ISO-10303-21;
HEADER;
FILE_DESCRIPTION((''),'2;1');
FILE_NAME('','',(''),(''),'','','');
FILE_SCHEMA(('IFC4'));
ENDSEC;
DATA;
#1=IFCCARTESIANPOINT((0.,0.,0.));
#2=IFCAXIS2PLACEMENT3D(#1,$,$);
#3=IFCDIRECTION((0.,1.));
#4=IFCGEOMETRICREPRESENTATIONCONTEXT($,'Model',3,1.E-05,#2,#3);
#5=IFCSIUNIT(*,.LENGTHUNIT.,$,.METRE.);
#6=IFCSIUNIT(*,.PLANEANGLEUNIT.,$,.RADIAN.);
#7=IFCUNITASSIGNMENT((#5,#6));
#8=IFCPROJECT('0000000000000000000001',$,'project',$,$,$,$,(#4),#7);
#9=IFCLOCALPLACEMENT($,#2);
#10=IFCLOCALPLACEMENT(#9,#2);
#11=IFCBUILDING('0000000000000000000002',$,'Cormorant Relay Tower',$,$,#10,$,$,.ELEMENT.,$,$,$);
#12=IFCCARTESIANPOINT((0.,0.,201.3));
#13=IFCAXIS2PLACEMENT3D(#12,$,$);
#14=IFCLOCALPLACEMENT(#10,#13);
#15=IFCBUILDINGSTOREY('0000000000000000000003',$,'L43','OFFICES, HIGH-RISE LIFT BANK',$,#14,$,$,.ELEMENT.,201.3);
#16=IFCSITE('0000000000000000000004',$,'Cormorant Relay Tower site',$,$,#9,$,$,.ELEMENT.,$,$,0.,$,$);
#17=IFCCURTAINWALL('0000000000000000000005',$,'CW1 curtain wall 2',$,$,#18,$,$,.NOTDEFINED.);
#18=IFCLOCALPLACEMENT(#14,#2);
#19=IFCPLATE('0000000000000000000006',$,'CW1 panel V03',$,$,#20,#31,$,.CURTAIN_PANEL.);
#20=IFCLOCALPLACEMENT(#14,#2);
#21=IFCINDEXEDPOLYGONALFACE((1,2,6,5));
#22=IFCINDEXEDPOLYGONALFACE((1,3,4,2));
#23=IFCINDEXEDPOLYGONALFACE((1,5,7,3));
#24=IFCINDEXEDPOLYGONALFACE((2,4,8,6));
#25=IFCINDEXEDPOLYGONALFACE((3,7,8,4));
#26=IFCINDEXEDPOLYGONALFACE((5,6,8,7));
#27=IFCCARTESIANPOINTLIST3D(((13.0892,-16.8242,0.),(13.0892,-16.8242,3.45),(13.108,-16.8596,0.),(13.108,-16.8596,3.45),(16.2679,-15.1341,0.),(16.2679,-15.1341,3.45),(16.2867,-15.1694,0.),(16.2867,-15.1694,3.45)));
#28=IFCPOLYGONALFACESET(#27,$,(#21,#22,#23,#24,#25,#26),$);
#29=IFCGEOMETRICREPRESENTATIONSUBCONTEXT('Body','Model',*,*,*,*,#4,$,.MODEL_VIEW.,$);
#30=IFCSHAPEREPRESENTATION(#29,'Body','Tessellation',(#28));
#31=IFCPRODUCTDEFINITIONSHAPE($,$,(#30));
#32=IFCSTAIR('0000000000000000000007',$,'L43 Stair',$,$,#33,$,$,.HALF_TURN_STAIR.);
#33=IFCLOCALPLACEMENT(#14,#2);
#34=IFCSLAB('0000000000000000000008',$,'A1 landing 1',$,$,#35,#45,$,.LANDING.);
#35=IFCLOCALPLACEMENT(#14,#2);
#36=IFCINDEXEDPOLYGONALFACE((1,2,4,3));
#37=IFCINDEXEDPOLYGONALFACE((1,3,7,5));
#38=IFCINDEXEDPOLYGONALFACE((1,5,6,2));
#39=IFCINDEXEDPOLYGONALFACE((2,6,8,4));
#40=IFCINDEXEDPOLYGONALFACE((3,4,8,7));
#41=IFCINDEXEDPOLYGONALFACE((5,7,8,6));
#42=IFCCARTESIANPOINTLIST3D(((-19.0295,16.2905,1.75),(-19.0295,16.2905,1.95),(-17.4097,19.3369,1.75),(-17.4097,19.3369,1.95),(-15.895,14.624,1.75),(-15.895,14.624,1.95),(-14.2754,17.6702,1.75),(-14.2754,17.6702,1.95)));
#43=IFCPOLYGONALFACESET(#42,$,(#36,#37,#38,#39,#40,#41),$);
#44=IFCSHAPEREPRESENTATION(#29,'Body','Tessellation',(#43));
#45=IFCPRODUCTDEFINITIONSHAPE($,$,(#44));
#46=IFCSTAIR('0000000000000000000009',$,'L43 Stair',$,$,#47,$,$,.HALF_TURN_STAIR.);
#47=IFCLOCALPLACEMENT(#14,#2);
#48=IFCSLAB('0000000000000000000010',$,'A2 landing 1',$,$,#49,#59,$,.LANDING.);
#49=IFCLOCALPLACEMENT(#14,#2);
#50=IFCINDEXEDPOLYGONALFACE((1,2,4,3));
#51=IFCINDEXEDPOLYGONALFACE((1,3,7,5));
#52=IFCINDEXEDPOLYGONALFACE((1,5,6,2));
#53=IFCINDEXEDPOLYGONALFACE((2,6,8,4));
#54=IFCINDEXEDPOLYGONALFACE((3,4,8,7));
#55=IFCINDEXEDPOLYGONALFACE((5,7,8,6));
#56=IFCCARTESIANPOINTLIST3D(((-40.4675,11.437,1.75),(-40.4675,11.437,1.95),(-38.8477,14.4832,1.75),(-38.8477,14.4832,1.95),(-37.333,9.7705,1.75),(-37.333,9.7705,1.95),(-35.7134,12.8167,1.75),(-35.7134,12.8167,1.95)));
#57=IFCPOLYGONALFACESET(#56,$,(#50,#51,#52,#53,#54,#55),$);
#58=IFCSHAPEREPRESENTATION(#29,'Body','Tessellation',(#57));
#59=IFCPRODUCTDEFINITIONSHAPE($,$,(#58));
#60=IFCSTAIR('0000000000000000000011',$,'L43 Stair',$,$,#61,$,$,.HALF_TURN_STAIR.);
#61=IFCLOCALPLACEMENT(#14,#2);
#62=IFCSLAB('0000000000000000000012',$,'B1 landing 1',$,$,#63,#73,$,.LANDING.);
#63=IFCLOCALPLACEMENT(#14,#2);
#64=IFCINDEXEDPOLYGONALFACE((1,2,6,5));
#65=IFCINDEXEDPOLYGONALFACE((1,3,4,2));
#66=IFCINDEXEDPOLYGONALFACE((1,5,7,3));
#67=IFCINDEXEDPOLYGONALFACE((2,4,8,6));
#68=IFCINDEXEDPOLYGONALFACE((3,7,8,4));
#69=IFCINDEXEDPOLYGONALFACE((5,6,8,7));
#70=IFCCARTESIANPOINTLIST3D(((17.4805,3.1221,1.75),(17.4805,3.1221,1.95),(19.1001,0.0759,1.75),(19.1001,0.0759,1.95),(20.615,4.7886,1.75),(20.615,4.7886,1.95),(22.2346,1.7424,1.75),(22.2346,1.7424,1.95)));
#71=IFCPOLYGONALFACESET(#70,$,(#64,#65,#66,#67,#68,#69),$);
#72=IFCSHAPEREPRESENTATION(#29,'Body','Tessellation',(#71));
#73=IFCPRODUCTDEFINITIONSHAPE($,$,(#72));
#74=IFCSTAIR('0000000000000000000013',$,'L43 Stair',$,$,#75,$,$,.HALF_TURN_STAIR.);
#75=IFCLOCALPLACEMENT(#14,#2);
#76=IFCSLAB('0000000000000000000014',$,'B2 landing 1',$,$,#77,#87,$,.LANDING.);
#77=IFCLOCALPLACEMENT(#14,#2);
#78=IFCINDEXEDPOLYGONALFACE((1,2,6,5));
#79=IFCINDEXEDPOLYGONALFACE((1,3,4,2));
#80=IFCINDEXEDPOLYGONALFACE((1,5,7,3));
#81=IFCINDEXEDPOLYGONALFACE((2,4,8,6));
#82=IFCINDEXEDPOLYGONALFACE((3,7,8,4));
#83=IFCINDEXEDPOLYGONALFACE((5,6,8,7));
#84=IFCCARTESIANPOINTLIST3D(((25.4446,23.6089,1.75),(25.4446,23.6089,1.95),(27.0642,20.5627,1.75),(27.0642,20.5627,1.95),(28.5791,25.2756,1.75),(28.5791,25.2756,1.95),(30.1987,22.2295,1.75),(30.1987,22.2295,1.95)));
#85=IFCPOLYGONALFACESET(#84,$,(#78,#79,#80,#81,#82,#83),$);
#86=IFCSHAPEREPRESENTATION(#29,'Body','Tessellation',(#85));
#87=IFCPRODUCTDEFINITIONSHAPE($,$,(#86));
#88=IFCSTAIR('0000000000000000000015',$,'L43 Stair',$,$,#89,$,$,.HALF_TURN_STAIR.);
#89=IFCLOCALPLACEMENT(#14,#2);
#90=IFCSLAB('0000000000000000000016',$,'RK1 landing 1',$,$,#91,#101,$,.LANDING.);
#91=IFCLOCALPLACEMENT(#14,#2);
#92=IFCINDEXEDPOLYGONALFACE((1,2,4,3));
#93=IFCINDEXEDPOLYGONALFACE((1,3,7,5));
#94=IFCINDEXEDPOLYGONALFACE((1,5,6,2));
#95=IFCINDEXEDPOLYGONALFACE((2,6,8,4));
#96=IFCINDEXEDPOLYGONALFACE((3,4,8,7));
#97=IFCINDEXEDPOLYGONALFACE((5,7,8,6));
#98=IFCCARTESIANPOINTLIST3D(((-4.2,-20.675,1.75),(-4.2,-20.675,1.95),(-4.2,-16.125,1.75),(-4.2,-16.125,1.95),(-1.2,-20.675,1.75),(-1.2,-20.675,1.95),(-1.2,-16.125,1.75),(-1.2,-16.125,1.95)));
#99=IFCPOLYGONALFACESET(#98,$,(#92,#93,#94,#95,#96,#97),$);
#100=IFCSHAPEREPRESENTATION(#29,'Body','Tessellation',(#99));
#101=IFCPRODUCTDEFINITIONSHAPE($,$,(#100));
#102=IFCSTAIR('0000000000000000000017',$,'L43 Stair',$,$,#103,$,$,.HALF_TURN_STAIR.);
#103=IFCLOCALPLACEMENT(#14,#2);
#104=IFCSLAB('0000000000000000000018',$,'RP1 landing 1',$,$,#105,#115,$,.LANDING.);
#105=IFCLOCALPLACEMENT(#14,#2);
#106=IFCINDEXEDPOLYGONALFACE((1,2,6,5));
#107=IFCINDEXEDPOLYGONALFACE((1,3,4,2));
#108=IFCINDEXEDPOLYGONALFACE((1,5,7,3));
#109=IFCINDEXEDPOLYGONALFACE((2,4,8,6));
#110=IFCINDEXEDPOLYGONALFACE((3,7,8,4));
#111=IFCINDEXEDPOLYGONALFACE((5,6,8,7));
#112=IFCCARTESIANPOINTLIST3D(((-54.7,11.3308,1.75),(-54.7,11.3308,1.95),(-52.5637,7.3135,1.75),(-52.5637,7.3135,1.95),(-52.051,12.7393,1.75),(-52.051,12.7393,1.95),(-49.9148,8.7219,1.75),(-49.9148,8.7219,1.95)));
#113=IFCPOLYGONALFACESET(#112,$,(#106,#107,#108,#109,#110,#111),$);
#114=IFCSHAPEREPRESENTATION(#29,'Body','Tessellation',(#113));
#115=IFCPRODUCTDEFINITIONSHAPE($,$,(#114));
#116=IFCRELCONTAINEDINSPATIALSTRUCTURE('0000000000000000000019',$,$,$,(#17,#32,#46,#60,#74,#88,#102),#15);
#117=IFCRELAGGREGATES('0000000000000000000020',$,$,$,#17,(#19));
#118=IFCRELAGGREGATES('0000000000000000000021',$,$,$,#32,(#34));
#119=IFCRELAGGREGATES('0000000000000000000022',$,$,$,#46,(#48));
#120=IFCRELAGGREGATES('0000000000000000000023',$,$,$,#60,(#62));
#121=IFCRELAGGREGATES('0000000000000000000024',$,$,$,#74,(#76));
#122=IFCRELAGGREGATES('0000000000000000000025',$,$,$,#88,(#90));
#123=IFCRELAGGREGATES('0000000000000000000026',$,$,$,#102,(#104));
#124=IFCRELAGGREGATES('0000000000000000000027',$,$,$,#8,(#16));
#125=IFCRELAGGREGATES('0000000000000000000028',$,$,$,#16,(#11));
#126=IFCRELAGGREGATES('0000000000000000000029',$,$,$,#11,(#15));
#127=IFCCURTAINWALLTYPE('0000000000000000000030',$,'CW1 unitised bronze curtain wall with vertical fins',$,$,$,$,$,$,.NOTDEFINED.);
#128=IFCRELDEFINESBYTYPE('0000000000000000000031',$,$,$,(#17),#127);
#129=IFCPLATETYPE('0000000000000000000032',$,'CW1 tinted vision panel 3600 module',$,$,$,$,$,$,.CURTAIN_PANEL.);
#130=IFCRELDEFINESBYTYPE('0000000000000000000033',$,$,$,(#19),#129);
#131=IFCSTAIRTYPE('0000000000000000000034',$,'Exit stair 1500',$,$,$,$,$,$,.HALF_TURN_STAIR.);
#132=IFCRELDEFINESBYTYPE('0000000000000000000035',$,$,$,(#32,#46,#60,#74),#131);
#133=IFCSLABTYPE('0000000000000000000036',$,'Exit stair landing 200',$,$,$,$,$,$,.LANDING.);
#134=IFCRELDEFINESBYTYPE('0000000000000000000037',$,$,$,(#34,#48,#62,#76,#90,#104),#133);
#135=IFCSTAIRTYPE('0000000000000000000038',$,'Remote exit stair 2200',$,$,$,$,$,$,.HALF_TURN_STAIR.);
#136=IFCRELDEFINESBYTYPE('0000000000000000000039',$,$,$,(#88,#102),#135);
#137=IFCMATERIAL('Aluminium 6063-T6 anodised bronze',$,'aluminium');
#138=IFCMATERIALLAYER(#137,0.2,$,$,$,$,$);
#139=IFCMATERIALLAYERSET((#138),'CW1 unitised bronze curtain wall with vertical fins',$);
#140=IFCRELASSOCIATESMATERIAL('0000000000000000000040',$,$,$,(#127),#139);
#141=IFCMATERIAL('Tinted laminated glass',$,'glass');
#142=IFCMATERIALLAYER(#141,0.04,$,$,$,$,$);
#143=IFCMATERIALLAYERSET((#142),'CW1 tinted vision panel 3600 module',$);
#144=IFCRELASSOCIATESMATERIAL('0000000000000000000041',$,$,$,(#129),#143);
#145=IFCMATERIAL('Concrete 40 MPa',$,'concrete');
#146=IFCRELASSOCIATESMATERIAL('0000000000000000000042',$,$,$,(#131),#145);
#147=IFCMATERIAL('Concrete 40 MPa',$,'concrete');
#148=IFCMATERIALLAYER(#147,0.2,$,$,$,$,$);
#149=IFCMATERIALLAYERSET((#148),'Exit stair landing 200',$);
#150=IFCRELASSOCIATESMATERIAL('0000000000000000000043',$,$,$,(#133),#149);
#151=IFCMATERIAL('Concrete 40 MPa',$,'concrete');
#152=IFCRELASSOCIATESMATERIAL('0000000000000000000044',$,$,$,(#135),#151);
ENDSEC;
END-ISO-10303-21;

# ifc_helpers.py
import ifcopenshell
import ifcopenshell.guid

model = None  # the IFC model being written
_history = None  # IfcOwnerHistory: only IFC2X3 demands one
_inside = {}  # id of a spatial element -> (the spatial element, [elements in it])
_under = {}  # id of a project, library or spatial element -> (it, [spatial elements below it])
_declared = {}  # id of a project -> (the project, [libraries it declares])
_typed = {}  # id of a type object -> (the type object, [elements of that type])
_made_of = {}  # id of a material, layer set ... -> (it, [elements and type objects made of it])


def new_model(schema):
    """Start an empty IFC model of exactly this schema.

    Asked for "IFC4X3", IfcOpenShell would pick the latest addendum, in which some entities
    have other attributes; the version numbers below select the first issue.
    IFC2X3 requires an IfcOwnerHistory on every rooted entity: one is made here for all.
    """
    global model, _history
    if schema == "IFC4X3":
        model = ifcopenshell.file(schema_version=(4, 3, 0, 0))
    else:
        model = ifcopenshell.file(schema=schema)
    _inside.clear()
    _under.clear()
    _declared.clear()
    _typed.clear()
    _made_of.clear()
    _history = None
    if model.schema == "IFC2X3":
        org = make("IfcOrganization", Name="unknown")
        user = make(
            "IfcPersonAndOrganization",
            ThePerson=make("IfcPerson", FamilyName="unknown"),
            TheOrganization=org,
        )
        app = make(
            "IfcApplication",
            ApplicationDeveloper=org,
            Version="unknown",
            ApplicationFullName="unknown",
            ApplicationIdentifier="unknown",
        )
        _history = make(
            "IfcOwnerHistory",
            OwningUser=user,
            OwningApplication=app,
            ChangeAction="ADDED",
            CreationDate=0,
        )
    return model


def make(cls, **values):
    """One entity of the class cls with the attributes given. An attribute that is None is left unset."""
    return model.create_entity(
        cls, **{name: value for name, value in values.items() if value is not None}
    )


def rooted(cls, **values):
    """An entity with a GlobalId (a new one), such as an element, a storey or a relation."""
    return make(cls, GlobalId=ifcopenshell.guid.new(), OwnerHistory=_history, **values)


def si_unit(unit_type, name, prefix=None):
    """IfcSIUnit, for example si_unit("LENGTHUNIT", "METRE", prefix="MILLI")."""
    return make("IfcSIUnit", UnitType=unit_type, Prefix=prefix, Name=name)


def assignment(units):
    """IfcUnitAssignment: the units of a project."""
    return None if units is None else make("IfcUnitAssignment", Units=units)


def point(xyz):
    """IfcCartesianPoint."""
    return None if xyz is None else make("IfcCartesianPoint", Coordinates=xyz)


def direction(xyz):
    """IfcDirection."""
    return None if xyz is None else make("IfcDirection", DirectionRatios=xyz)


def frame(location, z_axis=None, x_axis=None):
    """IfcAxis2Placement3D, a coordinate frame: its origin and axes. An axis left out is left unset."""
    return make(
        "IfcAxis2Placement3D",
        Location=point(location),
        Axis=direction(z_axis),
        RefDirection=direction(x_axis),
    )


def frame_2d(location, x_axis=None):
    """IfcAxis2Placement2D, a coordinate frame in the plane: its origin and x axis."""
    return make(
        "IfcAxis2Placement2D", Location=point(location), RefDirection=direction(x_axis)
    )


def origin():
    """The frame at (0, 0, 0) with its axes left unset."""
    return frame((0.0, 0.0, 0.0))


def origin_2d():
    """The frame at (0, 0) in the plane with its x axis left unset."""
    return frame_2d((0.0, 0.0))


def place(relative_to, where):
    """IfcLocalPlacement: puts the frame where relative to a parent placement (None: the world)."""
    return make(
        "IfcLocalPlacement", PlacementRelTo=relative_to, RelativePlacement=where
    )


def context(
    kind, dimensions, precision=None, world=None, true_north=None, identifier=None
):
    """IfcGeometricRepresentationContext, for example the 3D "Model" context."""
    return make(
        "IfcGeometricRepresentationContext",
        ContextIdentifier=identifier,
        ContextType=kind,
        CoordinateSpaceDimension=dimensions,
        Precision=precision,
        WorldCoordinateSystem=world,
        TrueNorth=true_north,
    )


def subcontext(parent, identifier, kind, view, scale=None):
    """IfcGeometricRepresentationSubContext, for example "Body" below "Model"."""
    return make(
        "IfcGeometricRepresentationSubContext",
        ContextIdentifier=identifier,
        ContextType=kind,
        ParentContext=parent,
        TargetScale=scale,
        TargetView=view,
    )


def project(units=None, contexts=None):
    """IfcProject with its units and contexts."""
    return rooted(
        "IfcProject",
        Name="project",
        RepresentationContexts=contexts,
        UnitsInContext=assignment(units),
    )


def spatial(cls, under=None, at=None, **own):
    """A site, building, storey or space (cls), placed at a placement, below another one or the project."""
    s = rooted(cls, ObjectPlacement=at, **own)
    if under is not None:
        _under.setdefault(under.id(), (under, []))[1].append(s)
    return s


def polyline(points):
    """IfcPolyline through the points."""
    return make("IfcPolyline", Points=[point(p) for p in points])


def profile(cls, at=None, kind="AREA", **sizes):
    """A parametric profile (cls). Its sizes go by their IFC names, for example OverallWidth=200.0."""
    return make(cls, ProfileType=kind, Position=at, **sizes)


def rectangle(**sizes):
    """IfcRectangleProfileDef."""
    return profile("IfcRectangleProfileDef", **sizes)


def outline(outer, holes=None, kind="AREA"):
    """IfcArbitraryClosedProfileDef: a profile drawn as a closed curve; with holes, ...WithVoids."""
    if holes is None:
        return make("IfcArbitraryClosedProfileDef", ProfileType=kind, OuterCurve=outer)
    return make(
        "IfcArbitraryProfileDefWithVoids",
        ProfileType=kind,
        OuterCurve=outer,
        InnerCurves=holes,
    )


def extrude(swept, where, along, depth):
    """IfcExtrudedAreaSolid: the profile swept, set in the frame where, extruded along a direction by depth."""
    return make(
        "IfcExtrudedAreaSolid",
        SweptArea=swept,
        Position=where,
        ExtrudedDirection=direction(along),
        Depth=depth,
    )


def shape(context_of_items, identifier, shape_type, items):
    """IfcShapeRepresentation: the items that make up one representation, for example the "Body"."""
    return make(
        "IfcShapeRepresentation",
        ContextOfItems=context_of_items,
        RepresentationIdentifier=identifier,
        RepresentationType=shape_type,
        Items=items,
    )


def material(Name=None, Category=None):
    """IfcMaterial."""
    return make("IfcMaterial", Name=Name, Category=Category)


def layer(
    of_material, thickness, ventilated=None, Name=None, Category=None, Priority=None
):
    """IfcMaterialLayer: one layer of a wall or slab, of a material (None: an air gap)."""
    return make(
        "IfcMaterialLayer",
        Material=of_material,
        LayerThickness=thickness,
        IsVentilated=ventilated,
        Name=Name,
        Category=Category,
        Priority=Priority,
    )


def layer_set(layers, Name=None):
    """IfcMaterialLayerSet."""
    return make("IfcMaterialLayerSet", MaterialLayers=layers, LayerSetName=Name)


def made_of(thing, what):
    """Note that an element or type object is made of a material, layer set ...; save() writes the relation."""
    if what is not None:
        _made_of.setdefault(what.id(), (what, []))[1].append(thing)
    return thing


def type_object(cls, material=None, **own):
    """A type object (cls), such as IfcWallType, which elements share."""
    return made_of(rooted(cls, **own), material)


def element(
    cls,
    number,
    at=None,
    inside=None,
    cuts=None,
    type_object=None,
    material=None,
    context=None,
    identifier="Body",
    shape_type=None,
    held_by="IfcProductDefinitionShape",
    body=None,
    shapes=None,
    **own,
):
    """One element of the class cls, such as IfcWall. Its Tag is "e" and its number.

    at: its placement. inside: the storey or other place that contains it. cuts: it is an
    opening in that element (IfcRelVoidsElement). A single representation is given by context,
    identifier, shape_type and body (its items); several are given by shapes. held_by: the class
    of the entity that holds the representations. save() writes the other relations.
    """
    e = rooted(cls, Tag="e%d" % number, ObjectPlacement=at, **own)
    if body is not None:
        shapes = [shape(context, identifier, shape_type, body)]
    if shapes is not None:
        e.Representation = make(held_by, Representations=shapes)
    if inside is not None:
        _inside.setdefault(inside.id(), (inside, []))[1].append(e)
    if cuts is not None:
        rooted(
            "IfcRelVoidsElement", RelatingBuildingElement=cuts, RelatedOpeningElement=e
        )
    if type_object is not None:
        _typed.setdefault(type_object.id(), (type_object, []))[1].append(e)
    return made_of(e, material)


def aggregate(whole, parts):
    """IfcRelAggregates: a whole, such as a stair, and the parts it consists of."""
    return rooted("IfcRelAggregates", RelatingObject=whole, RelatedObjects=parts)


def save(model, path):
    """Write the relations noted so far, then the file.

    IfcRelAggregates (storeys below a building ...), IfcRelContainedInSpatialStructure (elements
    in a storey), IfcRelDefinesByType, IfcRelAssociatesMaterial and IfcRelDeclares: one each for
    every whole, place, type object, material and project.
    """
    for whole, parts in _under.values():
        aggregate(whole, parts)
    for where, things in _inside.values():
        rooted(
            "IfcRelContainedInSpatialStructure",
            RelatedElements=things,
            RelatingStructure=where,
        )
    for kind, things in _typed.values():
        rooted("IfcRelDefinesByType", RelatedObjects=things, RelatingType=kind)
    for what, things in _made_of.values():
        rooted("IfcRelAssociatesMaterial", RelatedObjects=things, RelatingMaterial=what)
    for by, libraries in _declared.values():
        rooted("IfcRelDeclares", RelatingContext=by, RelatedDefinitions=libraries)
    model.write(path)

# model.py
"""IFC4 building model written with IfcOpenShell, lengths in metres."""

from ifc_helpers import new_model, si_unit, direction, frame, origin, origin_2d, place, context, subcontext, project, spatial, polyline, rectangle, outline, extrude, material, layer, layer_set, type_object, element, aggregate, save


model = new_model("IFC4")

# Units and contexts
model_context = context("Model", 3, precision=1e-05, world=origin(), true_north=direction((0.0, 1.0)))
body_context = subcontext(model_context, "Body", "Model", "MODEL_VIEW")
ifc_project = project(units=[si_unit("LENGTHUNIT", "METRE"), si_unit("PLANEANGLEUNIT", "RADIAN")], contexts=[model_context])

# Site, building, storey
site_placement = place(None, origin())
site = spatial("IfcSite", under=ifc_project, at=site_placement, Name="Cormorant Relay Tower site", CompositionType="ELEMENT", RefElevation=0.0)
building_placement = place(site_placement, origin())
building = spatial("IfcBuilding", under=site, at=building_placement, Name="Cormorant Relay Tower", CompositionType="ELEMENT")
storey_placement = place(building_placement, frame((0.0, 0.0, 201.3)))
storey = spatial("IfcBuildingStorey", under=building, at=storey_placement, Name="L43", Description="OFFICES, HIGH-RISE LIFT BANK", CompositionType="ELEMENT", Elevation=201.3)

# Curtain wall, plate
ifc_material_1 = material(Name="Aluminium 6063-T6 anodised bronze", Category="aluminium")
ifc_layer_1 = layer(ifc_material_1, 0.2)
ifc_layer_set_1 = layer_set([ifc_layer_1], Name="CW1 unitised bronze curtain wall with vertical fins")
curtain_wall_type = type_object("IfcCurtainWallType", Name="CW1 unitised bronze curtain wall with vertical fins", PredefinedType="NOTDEFINED", material=ifc_layer_set_1)
curtain_wall_placement = place(storey_placement, origin())
curtain_wall = element("IfcCurtainWall", 1, at=curtain_wall_placement, inside=storey, type_object=curtain_wall_type, Name="CW1 curtain wall 2", PredefinedType="NOTDEFINED")
ifc_material_2 = material(Name="Tinted laminated glass", Category="glass")
ifc_layer_2 = layer(ifc_material_2, 0.04)
ifc_layer_set_2 = layer_set([ifc_layer_2], Name="CW1 tinted vision panel 3600 module")
plate_type = type_object("IfcPlateType", Name="CW1 tinted vision panel 3600 module", PredefinedType="CURTAIN_PANEL", material=ifc_layer_set_2)
plate_placement = place(storey_placement, frame((14.688, -15.9968, 0.0), z_axis=(0.0, 0.0, 1.0), x_axis=(0.882948, 0.469472, 0.0)))
plate = element("IfcPlate", 2, at=plate_placement, type_object=plate_type, Name="CW1 panel V03", PredefinedType="CURTAIN_PANEL", context=body_context, shape_type="SweptSolid", body=[
    extrude(rectangle(XDim=3.6001, YDim=0.04, at=origin_2d()), origin(), (0.0, 0.0, 1.0), 3.45),
])
aggregate(curtain_wall, [plate])

# Stairs, slabs
ifc_material_3 = material(Name="Concrete 40 MPa", Category="concrete")
stair_type_1 = type_object("IfcStairType", Name="Exit stair 1500", PredefinedType="HALF_TURN_STAIR", material=ifc_material_3)
stair_1_placement = place(storey_placement, origin())
stair_1 = element("IfcStair", 3, at=stair_1_placement, inside=storey, type_object=stair_type_1, Name="L43 Stair", PredefinedType="HALF_TURN_STAIR")
ifc_material_4 = material(Name="Concrete 40 MPa", Category="concrete")
ifc_layer_3 = layer(ifc_material_4, 0.2)
ifc_layer_set_3 = layer_set([ifc_layer_3], Name="Exit stair landing 200")
slab_type_1 = type_object("IfcSlabType", Name="Exit stair landing 200", PredefinedType="LANDING", material=ifc_layer_set_3)
slab_1_placement = place(storey_placement, frame((0.0, 0.0, 1.75)))
slab_1 = element("IfcSlab", 4, at=slab_1_placement, type_object=slab_type_1, Name="A1 landing 1", PredefinedType="LANDING", context=body_context, shape_type="SweptSolid", body=[
    extrude(outline(polyline([(-19.0295, 16.2905), (-15.895, 14.624), (-14.2754, 17.6702), (-17.4097, 19.3369), (-19.0295, 16.2905)])), origin(), (0.0, 0.0, 1.0), 0.2),
])
aggregate(stair_1, [slab_1])
stair_2_placement = place(storey_placement, origin())
stair_2 = element("IfcStair", 5, at=stair_2_placement, inside=storey, type_object=stair_type_1, Name="L43 Stair", PredefinedType="HALF_TURN_STAIR")
slab_2_placement = place(storey_placement, frame((0.0, 0.0, 1.75)))
slab_2 = element("IfcSlab", 6, at=slab_2_placement, type_object=slab_type_1, Name="A2 landing 1", PredefinedType="LANDING", context=body_context, shape_type="SweptSolid", body=[
    extrude(outline(polyline([(-35.7134, 12.8167), (-38.8477, 14.4832), (-40.4675, 11.437), (-37.333, 9.7705), (-35.7134, 12.8167)])), origin(), (0.0, 0.0, 1.0), 0.2),
])
aggregate(stair_2, [slab_2])
stair_3_placement = place(storey_placement, origin())
stair_3 = element("IfcStair", 7, at=stair_3_placement, inside=storey, type_object=stair_type_1, Name="L43 Stair", PredefinedType="HALF_TURN_STAIR")
slab_3_placement = place(storey_placement, frame((0.0, 0.0, 1.75)))
slab_3 = element("IfcSlab", 8, at=slab_3_placement, type_object=slab_type_1, Name="B1 landing 1", PredefinedType="LANDING", context=body_context, shape_type="SweptSolid", body=[
    extrude(outline(polyline([(20.615, 4.7886), (17.4805, 3.1221), (19.1001, 0.0759), (22.2346, 1.7424), (20.615, 4.7886)])), origin(), (0.0, 0.0, 1.0), 0.2),
])
aggregate(stair_3, [slab_3])
stair_4_placement = place(storey_placement, origin())
stair_4 = element("IfcStair", 9, at=stair_4_placement, inside=storey, type_object=stair_type_1, Name="L43 Stair", PredefinedType="HALF_TURN_STAIR")
slab_4_placement = place(storey_placement, frame((0.0, 0.0, 1.75)))
slab_4 = element("IfcSlab", 10, at=slab_4_placement, type_object=slab_type_1, Name="B2 landing 1", PredefinedType="LANDING", context=body_context, shape_type="SweptSolid", body=[
    extrude(outline(polyline([(27.0642, 20.5627), (30.1987, 22.2295), (28.5791, 25.2756), (25.4446, 23.6089), (27.0642, 20.5627)])), origin(), (0.0, 0.0, 1.0), 0.2),
])
aggregate(stair_4, [slab_4])
ifc_material_5 = material(Name="Concrete 40 MPa", Category="concrete")
stair_type_2 = type_object("IfcStairType", Name="Remote exit stair 2200", PredefinedType="HALF_TURN_STAIR", material=ifc_material_5)
stair_5_placement = place(storey_placement, origin())
stair_5 = element("IfcStair", 11, at=stair_5_placement, inside=storey, type_object=stair_type_2, Name="L43 Stair", PredefinedType="HALF_TURN_STAIR")
slab_5_placement = place(storey_placement, frame((0.0, 0.0, 1.75)))
slab_5 = element("IfcSlab", 12, at=slab_5_placement, type_object=slab_type_1, Name="RK1 landing 1", PredefinedType="LANDING", context=body_context, shape_type="SweptSolid", body=[
    extrude(outline(polyline([(-1.2, -16.125), (-4.2, -16.125), (-4.2, -20.675), (-1.2, -20.675), (-1.2, -16.125)])), origin(), (0.0, 0.0, 1.0), 0.2),
])
aggregate(stair_5, [slab_5])
stair_6_placement = place(storey_placement, origin())
stair_6 = element("IfcStair", 13, at=stair_6_placement, inside=storey, type_object=stair_type_2, Name="L43 Stair", PredefinedType="HALF_TURN_STAIR")
slab_6_placement = place(storey_placement, frame((0.0, 0.0, 1.75)))
slab_6 = element("IfcSlab", 14, at=slab_6_placement, type_object=slab_type_1, Name="RP1 landing 1", PredefinedType="LANDING", context=body_context, shape_type="SweptSolid", body=[
    extrude(outline(polyline([(-52.051, 12.7393), (-54.7, 11.3308), (-52.5637, 7.3135), (-49.9148, 8.7219), (-52.051, 12.7393)])), origin(), (0.0, 0.0, 1.0), 0.2),
])
aggregate(stair_6, [slab_6])

save(model, "model.ifc")
